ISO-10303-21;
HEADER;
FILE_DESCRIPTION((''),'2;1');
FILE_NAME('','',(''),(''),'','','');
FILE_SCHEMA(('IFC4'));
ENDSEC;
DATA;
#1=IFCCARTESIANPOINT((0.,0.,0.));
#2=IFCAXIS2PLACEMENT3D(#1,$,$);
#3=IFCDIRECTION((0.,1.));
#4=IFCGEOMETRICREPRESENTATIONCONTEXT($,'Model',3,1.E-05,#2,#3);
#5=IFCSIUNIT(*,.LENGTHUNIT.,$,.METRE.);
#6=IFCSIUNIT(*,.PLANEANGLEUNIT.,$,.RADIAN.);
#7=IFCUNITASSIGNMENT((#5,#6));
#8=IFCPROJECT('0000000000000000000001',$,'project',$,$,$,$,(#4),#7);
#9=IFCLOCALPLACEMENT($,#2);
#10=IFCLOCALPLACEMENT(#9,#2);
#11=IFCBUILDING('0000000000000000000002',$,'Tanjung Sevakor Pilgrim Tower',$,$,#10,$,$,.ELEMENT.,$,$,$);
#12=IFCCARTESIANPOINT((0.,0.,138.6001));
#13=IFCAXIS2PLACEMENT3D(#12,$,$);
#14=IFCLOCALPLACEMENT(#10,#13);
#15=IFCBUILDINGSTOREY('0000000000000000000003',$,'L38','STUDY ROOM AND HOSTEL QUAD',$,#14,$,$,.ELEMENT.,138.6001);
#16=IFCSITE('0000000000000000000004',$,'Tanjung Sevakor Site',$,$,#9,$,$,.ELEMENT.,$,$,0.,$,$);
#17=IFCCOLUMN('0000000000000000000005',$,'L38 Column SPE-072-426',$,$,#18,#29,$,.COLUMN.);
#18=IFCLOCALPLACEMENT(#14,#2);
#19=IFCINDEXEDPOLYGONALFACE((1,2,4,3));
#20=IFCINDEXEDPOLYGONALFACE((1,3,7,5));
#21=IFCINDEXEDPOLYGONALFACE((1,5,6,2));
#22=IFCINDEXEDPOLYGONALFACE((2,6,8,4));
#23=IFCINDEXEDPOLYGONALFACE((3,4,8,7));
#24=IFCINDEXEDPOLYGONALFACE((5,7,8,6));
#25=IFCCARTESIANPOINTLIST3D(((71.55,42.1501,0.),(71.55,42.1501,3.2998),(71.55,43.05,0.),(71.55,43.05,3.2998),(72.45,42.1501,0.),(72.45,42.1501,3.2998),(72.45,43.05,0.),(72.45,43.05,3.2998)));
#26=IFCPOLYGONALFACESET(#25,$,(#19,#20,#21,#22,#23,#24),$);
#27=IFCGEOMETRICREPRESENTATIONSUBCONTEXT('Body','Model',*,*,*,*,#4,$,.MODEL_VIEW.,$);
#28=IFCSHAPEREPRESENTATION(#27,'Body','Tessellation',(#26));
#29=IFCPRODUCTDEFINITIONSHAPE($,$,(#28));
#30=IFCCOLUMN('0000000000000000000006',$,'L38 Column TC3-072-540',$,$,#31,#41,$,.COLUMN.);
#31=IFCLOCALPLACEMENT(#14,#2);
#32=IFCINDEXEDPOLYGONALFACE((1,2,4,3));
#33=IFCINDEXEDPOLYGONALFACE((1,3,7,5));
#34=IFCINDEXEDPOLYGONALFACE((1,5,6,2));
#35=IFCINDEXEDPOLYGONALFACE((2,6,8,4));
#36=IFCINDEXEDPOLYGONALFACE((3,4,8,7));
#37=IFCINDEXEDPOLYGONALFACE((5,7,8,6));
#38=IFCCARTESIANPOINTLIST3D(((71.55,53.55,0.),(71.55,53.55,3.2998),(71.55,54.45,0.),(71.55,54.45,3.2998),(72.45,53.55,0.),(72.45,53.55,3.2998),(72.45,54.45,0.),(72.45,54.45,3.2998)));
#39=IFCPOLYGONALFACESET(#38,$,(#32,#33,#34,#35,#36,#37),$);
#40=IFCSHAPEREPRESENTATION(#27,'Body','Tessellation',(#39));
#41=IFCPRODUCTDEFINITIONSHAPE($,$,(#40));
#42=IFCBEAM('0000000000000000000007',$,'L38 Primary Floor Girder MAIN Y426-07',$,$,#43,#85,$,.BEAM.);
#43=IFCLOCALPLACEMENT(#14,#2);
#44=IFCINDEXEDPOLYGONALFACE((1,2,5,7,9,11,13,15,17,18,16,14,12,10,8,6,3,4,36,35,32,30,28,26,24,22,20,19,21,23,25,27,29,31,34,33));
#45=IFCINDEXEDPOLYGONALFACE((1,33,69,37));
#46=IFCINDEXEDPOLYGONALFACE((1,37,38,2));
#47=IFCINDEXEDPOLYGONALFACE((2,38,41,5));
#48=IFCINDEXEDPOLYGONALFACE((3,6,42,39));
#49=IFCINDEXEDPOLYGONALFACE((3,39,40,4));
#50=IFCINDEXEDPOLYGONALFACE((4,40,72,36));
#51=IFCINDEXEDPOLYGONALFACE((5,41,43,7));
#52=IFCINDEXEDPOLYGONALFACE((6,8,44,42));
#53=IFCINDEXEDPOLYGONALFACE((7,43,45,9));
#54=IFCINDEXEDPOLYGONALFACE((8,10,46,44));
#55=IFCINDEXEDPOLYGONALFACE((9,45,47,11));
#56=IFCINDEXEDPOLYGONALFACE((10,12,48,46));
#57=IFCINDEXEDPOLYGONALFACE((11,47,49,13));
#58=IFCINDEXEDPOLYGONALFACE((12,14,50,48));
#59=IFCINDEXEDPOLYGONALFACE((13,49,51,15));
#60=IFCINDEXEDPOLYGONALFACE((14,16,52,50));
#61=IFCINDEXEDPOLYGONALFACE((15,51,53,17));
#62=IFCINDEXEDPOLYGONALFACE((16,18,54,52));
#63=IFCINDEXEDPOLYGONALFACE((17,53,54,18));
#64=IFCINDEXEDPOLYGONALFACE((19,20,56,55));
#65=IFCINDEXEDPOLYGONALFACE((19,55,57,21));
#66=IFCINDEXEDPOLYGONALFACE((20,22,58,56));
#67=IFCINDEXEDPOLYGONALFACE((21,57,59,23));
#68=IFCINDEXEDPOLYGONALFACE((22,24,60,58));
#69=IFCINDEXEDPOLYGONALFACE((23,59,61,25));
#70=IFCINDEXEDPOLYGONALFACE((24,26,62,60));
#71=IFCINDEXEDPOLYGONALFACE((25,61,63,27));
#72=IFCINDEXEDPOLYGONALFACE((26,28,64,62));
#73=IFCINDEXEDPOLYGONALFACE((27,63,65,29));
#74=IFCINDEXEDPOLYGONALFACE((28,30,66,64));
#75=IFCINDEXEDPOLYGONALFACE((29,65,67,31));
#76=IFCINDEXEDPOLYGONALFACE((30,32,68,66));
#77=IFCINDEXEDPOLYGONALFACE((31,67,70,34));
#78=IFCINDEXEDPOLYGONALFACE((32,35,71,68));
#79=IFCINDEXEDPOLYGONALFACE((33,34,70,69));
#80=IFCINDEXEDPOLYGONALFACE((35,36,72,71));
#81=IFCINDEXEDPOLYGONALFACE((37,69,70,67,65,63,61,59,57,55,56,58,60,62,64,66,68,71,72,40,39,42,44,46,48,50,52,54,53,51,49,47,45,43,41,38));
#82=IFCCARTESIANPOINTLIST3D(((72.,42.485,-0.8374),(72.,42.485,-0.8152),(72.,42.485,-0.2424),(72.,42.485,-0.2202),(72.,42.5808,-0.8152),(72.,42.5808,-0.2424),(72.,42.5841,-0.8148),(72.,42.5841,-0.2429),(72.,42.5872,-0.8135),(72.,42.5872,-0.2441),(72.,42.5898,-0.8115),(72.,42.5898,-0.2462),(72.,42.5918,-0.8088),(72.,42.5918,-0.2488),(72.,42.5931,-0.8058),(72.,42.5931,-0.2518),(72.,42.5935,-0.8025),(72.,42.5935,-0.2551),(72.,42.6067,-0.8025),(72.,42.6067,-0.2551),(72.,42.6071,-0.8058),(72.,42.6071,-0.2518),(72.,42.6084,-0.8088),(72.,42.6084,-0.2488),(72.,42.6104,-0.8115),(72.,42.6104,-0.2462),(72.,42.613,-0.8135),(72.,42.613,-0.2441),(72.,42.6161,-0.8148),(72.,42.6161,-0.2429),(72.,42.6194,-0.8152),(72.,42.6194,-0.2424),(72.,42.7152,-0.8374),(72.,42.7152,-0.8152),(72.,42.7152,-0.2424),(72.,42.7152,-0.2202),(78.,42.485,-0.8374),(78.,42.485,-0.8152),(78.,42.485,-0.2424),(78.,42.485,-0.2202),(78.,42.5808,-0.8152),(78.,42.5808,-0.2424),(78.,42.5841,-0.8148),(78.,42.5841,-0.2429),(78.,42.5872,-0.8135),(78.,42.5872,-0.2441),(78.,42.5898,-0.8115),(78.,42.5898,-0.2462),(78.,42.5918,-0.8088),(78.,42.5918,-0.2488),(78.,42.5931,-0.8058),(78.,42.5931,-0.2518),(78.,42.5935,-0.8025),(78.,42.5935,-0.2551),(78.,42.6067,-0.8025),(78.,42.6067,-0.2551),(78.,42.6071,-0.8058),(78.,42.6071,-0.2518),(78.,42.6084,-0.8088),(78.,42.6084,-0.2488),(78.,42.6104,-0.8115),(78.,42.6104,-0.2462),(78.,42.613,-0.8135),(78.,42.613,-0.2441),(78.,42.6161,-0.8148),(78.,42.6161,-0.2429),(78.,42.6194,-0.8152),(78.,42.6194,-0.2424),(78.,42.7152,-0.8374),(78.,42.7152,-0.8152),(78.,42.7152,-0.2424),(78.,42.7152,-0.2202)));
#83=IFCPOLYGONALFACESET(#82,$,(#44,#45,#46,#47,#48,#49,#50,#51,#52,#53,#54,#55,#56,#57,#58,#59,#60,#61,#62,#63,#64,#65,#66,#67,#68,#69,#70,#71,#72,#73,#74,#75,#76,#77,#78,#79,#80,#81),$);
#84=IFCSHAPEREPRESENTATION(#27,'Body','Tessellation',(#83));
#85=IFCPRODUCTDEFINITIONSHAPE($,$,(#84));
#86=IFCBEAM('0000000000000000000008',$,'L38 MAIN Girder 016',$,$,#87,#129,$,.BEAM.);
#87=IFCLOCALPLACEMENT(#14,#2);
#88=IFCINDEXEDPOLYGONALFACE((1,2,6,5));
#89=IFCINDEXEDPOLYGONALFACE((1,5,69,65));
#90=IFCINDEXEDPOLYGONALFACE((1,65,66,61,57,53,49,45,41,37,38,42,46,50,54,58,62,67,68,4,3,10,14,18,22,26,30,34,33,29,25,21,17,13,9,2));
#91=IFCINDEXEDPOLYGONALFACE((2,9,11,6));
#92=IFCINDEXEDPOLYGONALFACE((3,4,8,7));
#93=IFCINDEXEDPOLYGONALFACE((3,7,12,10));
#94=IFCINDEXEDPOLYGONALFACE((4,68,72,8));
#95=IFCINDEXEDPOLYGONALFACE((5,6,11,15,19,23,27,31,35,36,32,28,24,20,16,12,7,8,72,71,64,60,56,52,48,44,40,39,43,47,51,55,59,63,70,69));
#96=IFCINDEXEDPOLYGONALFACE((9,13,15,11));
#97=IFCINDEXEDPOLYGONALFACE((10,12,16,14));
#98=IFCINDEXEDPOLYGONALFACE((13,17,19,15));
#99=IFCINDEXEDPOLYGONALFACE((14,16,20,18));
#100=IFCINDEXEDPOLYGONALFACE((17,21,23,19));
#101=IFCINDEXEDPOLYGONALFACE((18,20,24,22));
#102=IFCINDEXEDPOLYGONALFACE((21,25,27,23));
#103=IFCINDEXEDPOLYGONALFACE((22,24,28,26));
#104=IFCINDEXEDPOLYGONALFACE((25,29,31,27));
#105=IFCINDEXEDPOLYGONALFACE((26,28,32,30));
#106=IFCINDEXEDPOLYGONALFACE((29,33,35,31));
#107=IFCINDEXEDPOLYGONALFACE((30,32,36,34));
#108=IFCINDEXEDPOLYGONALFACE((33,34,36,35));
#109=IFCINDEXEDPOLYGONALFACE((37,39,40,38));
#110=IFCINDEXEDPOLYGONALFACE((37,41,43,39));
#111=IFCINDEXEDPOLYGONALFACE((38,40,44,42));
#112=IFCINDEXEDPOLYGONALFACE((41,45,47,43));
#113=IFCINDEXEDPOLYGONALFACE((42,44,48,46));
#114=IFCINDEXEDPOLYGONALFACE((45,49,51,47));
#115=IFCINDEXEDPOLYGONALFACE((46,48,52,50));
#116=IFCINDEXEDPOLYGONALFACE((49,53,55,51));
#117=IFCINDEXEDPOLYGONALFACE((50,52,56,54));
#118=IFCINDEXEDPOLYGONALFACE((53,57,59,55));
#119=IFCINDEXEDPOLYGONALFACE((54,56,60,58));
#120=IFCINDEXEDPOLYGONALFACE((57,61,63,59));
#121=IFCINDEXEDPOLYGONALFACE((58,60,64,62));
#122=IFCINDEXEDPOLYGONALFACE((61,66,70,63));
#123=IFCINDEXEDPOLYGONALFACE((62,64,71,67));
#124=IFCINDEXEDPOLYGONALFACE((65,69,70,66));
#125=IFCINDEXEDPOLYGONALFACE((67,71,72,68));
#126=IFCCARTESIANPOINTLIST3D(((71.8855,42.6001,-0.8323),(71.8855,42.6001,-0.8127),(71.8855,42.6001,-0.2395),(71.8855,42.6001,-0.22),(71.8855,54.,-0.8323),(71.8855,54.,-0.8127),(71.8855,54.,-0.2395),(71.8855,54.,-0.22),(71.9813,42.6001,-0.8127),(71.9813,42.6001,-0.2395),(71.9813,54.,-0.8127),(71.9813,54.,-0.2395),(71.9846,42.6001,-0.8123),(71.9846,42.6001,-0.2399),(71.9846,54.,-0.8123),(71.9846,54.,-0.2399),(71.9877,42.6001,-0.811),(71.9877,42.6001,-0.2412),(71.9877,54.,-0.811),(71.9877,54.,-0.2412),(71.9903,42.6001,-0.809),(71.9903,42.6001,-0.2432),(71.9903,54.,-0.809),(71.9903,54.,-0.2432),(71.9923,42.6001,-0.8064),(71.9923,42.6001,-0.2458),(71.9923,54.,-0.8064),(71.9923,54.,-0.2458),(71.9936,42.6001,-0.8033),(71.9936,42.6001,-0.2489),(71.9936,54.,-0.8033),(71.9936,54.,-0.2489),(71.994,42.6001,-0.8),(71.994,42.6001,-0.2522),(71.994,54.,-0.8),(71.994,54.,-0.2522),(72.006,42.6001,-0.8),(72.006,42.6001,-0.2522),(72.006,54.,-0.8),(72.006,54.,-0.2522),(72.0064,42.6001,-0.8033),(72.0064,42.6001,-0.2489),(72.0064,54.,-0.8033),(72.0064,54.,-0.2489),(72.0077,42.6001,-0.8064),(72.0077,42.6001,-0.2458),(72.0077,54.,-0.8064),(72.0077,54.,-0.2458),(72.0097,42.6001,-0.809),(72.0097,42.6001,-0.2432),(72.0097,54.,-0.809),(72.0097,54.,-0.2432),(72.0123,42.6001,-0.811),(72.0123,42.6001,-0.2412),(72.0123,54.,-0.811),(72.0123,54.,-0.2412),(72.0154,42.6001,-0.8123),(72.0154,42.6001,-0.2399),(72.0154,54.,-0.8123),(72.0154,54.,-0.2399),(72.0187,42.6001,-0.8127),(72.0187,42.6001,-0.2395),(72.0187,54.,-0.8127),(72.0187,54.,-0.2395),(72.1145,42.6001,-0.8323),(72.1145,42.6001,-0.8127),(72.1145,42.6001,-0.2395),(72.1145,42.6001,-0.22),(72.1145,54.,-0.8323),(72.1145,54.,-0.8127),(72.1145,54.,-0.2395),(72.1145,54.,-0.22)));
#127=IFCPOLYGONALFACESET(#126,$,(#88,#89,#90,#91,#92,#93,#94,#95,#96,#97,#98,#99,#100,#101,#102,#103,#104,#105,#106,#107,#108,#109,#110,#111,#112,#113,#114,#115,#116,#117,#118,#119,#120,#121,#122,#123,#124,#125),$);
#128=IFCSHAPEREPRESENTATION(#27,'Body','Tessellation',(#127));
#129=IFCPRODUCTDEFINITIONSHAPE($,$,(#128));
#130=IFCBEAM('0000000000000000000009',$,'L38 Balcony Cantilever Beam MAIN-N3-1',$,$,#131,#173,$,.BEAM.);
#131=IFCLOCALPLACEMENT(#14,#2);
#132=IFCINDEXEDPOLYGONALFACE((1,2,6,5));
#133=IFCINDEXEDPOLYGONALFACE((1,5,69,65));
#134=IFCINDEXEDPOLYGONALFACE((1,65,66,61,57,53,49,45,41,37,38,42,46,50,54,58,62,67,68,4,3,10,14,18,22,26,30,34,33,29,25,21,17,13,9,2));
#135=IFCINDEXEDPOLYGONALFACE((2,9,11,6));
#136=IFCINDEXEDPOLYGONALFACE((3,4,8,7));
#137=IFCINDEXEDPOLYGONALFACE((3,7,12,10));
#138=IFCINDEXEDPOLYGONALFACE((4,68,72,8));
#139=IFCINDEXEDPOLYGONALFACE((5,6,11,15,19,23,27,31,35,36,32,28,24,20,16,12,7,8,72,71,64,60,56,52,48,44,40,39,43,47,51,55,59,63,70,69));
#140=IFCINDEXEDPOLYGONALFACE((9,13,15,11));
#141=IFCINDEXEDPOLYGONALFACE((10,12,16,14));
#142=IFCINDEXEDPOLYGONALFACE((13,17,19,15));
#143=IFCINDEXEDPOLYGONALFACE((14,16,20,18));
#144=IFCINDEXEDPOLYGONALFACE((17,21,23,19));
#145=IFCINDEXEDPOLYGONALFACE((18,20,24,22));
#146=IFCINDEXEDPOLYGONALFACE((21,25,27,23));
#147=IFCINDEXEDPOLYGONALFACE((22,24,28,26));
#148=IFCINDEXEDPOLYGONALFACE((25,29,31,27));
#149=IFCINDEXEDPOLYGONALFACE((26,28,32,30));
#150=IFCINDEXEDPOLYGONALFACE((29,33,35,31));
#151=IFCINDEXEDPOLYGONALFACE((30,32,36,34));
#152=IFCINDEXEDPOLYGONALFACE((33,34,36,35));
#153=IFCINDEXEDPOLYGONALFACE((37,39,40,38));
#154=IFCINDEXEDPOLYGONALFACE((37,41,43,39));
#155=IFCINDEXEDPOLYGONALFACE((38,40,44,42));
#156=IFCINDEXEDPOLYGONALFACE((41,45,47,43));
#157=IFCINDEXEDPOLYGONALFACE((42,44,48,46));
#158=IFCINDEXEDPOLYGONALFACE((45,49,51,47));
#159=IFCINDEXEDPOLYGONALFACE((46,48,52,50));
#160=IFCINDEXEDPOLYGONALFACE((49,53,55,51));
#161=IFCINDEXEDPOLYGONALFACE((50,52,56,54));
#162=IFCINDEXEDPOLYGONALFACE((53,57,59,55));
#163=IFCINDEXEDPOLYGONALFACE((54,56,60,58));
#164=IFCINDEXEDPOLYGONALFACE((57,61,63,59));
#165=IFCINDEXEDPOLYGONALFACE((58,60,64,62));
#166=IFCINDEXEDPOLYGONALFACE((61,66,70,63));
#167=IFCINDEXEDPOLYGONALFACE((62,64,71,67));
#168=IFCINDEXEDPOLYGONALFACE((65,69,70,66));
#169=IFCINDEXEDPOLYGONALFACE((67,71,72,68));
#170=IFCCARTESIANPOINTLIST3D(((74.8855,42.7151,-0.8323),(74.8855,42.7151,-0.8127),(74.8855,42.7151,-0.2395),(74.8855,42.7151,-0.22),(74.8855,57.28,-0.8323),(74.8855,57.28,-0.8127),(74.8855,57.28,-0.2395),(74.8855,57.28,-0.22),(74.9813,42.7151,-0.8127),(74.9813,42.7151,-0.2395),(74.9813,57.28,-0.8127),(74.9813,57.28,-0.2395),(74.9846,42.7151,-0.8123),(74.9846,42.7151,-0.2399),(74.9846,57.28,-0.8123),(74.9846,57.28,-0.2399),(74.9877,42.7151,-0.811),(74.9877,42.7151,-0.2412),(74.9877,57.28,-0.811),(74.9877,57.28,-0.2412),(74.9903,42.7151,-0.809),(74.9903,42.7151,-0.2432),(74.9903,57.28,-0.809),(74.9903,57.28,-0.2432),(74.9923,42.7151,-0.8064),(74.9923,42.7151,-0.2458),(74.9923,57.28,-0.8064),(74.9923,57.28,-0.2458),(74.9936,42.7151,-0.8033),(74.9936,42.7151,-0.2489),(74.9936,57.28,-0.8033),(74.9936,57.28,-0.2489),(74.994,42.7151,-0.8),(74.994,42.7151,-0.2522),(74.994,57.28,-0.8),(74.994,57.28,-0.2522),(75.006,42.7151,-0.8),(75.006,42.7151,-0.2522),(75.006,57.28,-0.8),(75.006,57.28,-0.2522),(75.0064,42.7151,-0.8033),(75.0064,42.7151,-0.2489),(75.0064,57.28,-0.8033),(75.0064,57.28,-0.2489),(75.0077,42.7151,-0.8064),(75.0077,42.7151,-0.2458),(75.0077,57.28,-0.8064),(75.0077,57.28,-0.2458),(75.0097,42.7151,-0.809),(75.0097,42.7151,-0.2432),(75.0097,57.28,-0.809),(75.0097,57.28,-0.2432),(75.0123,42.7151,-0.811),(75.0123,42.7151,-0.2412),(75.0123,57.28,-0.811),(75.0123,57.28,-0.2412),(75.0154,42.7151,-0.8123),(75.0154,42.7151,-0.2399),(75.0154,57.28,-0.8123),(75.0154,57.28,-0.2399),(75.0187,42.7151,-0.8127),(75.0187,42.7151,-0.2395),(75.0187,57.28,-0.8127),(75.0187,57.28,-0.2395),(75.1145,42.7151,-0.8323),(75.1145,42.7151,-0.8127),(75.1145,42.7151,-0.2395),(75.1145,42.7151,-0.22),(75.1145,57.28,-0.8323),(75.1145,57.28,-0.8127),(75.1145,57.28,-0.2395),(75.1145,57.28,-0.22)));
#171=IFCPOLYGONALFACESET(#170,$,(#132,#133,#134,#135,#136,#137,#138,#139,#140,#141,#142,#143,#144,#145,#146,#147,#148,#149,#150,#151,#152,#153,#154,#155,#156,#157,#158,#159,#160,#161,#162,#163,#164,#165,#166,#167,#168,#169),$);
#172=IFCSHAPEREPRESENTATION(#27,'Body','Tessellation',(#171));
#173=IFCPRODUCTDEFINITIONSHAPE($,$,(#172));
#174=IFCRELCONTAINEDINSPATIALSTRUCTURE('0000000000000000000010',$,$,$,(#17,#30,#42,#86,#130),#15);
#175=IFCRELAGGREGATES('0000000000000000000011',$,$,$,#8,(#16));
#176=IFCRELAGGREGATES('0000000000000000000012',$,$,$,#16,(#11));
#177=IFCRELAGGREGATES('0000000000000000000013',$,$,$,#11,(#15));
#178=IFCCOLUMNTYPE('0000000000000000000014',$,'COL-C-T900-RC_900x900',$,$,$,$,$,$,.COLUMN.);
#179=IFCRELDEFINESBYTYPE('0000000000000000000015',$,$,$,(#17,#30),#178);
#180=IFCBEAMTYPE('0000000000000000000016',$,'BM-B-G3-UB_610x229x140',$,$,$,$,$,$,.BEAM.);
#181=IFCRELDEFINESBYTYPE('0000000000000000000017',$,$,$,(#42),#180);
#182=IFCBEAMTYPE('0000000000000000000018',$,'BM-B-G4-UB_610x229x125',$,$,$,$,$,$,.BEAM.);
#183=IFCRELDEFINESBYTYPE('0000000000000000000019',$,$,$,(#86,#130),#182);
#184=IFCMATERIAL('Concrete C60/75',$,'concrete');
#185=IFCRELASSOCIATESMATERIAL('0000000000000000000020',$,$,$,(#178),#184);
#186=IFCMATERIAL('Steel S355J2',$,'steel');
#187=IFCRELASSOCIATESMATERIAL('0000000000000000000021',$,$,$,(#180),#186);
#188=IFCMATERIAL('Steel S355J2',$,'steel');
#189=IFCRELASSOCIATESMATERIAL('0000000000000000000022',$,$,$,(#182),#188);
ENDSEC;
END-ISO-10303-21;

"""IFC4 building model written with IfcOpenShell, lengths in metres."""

from ifc_helpers import new_model, si_unit, direction, frame, origin, origin_2d, place, context, subcontext, project, spatial, rectangle, i_section, extrude, material, material_profile, profile_set, type_object, element, save


model = new_model("IFC4")

# Units and contexts
model_context = context("Model", 3, precision=1e-05, world=origin(), true_north=direction((0.0, 1.0)))
body_context = subcontext(model_context, "Body", "Model", "MODEL_VIEW")
ifc_project = project(units=[si_unit("LENGTHUNIT", "METRE"), si_unit("PLANEANGLEUNIT", "RADIAN")], contexts=[model_context])

# Site, building, storey
site_placement = place(None, origin())
site = spatial("IfcSite", under=ifc_project, at=site_placement, Name="Tanjung Sevakor Site", CompositionType="ELEMENT", RefElevation=0.0)
building_placement = place(site_placement, origin())
building = spatial("IfcBuilding", under=site, at=building_placement, Name="Tanjung Sevakor Pilgrim Tower", CompositionType="ELEMENT")
storey_placement = place(building_placement, frame((0.0, 0.0, 138.6001)))
storey = spatial("IfcBuildingStorey", under=building, at=storey_placement, Name="L38", Description="STUDY ROOM AND HOSTEL QUAD", CompositionType="ELEMENT", Elevation=138.6001)

# Columns
ifc_material_1 = material(Name="Concrete C60/75", Category="concrete")
ifc_material_profile_1 = material_profile(ifc_material_1, rectangle(XDim=0.8999, YDim=0.8999, at=origin_2d()))
ifc_profile_set_1 = profile_set([ifc_material_profile_1], Name="Concrete C60/75")
column_type = type_object("IfcColumnType", Name="COL-C-T900-RC_900x900", PredefinedType="COLUMN", material=ifc_profile_set_1)
for number, where, z_axis, x_axis, name in (
    (1, (72.0, 42.6001, 0.0), (0.0, 0.0, 1.0), (1.0, 0.0, 0.0), "L38 Column SPE-072-426"),
    (2, (72.0, 54.0, 0.0), (0.0, 0.0, 1.0), (1.0, 0.0, 0.0), "L38 Column TC3-072-540"),
):
    element("IfcColumn", number, at=place(storey_placement, frame(where, z_axis=z_axis, x_axis=x_axis)), inside=storey, type_object=column_type, Name=name, PredefinedType="COLUMN", context=body_context, shape_type="SweptSolid", body=[
        extrude(rectangle(XDim=0.8999, YDim=0.8999, at=origin_2d()), origin(), (0.0, 0.0, 1.0), 3.2998),
    ])

# Beams
ifc_material_2 = material(Name="Steel S355J2", Category="steel")
ifc_material_profile_2 = material_profile(ifc_material_2, i_section(OverallWidth=0.2302, OverallDepth=0.6172, WebThickness=0.0132, FlangeThickness=0.0222, FilletRadius=0.0127, at=origin_2d()))
ifc_profile_set_2 = profile_set([ifc_material_profile_2], Name="Steel S355J2")
beam_type_1 = type_object("IfcBeamType", Name="BM-B-G3-UB_610x229x140", PredefinedType="BEAM", material=ifc_profile_set_2)
beam_1_placement = place(storey_placement, frame((72.0, 42.6001, -0.5288), z_axis=(1.0, 0.0, 0.0), x_axis=(0.0, 1.0, 0.0)))
element("IfcBeam", 3, at=beam_1_placement, inside=storey, type_object=beam_type_1, Name="L38 Primary Floor Girder MAIN Y426-07", PredefinedType="BEAM", context=body_context, shape_type="SweptSolid", body=[
    extrude(i_section(OverallWidth=0.2302, OverallDepth=0.6172, WebThickness=0.0132, FlangeThickness=0.0222, FilletRadius=0.0127, at=origin_2d()), origin(), (0.0, 0.0, 1.0), 6.0),
])
ifc_material_3 = material(Name="Steel S355J2", Category="steel")
ifc_material_profile_3 = material_profile(ifc_material_3, i_section(OverallWidth=0.229, OverallDepth=0.6123, WebThickness=0.012, FlangeThickness=0.0195, FilletRadius=0.0127, at=origin_2d()))
ifc_profile_set_3 = profile_set([ifc_material_profile_3], Name="Steel S355J2")
beam_type_2 = type_object("IfcBeamType", Name="BM-B-G4-UB_610x229x125", PredefinedType="BEAM", material=ifc_profile_set_3)
beam_2_placement = place(storey_placement, frame((72.0, 42.6001, -0.5261), z_axis=(0.0, 1.0, 0.0), x_axis=(-1.0, 0.0, 0.0)))
element("IfcBeam", 4, at=beam_2_placement, inside=storey, type_object=beam_type_2, Name="L38 MAIN Girder 016", PredefinedType="BEAM", context=body_context, shape_type="SweptSolid", body=[
    extrude(i_section(OverallWidth=0.229, OverallDepth=0.6123, WebThickness=0.012, FlangeThickness=0.0195, FilletRadius=0.0127, at=origin_2d()), origin(), (0.0, 0.0, 1.0), 11.3999),
])
beam_3_placement = place(storey_placement, frame((75.0, 42.7151, -0.5261), z_axis=(0.0, 1.0, 0.0), x_axis=(-1.0, 0.0, 0.0)))
element("IfcBeam", 5, at=beam_3_placement, inside=storey, type_object=beam_type_2, Name="L38 Balcony Cantilever Beam MAIN-N3-1", PredefinedType="BEAM", context=body_context, shape_type="SweptSolid", body=[
    extrude(i_section(OverallWidth=0.229, OverallDepth=0.6123, WebThickness=0.012, FlangeThickness=0.0195, FilletRadius=0.0127, at=origin_2d()), origin(), (0.0, 0.0, 1.0), 14.5649),
])

save(model, "model.ifc")
